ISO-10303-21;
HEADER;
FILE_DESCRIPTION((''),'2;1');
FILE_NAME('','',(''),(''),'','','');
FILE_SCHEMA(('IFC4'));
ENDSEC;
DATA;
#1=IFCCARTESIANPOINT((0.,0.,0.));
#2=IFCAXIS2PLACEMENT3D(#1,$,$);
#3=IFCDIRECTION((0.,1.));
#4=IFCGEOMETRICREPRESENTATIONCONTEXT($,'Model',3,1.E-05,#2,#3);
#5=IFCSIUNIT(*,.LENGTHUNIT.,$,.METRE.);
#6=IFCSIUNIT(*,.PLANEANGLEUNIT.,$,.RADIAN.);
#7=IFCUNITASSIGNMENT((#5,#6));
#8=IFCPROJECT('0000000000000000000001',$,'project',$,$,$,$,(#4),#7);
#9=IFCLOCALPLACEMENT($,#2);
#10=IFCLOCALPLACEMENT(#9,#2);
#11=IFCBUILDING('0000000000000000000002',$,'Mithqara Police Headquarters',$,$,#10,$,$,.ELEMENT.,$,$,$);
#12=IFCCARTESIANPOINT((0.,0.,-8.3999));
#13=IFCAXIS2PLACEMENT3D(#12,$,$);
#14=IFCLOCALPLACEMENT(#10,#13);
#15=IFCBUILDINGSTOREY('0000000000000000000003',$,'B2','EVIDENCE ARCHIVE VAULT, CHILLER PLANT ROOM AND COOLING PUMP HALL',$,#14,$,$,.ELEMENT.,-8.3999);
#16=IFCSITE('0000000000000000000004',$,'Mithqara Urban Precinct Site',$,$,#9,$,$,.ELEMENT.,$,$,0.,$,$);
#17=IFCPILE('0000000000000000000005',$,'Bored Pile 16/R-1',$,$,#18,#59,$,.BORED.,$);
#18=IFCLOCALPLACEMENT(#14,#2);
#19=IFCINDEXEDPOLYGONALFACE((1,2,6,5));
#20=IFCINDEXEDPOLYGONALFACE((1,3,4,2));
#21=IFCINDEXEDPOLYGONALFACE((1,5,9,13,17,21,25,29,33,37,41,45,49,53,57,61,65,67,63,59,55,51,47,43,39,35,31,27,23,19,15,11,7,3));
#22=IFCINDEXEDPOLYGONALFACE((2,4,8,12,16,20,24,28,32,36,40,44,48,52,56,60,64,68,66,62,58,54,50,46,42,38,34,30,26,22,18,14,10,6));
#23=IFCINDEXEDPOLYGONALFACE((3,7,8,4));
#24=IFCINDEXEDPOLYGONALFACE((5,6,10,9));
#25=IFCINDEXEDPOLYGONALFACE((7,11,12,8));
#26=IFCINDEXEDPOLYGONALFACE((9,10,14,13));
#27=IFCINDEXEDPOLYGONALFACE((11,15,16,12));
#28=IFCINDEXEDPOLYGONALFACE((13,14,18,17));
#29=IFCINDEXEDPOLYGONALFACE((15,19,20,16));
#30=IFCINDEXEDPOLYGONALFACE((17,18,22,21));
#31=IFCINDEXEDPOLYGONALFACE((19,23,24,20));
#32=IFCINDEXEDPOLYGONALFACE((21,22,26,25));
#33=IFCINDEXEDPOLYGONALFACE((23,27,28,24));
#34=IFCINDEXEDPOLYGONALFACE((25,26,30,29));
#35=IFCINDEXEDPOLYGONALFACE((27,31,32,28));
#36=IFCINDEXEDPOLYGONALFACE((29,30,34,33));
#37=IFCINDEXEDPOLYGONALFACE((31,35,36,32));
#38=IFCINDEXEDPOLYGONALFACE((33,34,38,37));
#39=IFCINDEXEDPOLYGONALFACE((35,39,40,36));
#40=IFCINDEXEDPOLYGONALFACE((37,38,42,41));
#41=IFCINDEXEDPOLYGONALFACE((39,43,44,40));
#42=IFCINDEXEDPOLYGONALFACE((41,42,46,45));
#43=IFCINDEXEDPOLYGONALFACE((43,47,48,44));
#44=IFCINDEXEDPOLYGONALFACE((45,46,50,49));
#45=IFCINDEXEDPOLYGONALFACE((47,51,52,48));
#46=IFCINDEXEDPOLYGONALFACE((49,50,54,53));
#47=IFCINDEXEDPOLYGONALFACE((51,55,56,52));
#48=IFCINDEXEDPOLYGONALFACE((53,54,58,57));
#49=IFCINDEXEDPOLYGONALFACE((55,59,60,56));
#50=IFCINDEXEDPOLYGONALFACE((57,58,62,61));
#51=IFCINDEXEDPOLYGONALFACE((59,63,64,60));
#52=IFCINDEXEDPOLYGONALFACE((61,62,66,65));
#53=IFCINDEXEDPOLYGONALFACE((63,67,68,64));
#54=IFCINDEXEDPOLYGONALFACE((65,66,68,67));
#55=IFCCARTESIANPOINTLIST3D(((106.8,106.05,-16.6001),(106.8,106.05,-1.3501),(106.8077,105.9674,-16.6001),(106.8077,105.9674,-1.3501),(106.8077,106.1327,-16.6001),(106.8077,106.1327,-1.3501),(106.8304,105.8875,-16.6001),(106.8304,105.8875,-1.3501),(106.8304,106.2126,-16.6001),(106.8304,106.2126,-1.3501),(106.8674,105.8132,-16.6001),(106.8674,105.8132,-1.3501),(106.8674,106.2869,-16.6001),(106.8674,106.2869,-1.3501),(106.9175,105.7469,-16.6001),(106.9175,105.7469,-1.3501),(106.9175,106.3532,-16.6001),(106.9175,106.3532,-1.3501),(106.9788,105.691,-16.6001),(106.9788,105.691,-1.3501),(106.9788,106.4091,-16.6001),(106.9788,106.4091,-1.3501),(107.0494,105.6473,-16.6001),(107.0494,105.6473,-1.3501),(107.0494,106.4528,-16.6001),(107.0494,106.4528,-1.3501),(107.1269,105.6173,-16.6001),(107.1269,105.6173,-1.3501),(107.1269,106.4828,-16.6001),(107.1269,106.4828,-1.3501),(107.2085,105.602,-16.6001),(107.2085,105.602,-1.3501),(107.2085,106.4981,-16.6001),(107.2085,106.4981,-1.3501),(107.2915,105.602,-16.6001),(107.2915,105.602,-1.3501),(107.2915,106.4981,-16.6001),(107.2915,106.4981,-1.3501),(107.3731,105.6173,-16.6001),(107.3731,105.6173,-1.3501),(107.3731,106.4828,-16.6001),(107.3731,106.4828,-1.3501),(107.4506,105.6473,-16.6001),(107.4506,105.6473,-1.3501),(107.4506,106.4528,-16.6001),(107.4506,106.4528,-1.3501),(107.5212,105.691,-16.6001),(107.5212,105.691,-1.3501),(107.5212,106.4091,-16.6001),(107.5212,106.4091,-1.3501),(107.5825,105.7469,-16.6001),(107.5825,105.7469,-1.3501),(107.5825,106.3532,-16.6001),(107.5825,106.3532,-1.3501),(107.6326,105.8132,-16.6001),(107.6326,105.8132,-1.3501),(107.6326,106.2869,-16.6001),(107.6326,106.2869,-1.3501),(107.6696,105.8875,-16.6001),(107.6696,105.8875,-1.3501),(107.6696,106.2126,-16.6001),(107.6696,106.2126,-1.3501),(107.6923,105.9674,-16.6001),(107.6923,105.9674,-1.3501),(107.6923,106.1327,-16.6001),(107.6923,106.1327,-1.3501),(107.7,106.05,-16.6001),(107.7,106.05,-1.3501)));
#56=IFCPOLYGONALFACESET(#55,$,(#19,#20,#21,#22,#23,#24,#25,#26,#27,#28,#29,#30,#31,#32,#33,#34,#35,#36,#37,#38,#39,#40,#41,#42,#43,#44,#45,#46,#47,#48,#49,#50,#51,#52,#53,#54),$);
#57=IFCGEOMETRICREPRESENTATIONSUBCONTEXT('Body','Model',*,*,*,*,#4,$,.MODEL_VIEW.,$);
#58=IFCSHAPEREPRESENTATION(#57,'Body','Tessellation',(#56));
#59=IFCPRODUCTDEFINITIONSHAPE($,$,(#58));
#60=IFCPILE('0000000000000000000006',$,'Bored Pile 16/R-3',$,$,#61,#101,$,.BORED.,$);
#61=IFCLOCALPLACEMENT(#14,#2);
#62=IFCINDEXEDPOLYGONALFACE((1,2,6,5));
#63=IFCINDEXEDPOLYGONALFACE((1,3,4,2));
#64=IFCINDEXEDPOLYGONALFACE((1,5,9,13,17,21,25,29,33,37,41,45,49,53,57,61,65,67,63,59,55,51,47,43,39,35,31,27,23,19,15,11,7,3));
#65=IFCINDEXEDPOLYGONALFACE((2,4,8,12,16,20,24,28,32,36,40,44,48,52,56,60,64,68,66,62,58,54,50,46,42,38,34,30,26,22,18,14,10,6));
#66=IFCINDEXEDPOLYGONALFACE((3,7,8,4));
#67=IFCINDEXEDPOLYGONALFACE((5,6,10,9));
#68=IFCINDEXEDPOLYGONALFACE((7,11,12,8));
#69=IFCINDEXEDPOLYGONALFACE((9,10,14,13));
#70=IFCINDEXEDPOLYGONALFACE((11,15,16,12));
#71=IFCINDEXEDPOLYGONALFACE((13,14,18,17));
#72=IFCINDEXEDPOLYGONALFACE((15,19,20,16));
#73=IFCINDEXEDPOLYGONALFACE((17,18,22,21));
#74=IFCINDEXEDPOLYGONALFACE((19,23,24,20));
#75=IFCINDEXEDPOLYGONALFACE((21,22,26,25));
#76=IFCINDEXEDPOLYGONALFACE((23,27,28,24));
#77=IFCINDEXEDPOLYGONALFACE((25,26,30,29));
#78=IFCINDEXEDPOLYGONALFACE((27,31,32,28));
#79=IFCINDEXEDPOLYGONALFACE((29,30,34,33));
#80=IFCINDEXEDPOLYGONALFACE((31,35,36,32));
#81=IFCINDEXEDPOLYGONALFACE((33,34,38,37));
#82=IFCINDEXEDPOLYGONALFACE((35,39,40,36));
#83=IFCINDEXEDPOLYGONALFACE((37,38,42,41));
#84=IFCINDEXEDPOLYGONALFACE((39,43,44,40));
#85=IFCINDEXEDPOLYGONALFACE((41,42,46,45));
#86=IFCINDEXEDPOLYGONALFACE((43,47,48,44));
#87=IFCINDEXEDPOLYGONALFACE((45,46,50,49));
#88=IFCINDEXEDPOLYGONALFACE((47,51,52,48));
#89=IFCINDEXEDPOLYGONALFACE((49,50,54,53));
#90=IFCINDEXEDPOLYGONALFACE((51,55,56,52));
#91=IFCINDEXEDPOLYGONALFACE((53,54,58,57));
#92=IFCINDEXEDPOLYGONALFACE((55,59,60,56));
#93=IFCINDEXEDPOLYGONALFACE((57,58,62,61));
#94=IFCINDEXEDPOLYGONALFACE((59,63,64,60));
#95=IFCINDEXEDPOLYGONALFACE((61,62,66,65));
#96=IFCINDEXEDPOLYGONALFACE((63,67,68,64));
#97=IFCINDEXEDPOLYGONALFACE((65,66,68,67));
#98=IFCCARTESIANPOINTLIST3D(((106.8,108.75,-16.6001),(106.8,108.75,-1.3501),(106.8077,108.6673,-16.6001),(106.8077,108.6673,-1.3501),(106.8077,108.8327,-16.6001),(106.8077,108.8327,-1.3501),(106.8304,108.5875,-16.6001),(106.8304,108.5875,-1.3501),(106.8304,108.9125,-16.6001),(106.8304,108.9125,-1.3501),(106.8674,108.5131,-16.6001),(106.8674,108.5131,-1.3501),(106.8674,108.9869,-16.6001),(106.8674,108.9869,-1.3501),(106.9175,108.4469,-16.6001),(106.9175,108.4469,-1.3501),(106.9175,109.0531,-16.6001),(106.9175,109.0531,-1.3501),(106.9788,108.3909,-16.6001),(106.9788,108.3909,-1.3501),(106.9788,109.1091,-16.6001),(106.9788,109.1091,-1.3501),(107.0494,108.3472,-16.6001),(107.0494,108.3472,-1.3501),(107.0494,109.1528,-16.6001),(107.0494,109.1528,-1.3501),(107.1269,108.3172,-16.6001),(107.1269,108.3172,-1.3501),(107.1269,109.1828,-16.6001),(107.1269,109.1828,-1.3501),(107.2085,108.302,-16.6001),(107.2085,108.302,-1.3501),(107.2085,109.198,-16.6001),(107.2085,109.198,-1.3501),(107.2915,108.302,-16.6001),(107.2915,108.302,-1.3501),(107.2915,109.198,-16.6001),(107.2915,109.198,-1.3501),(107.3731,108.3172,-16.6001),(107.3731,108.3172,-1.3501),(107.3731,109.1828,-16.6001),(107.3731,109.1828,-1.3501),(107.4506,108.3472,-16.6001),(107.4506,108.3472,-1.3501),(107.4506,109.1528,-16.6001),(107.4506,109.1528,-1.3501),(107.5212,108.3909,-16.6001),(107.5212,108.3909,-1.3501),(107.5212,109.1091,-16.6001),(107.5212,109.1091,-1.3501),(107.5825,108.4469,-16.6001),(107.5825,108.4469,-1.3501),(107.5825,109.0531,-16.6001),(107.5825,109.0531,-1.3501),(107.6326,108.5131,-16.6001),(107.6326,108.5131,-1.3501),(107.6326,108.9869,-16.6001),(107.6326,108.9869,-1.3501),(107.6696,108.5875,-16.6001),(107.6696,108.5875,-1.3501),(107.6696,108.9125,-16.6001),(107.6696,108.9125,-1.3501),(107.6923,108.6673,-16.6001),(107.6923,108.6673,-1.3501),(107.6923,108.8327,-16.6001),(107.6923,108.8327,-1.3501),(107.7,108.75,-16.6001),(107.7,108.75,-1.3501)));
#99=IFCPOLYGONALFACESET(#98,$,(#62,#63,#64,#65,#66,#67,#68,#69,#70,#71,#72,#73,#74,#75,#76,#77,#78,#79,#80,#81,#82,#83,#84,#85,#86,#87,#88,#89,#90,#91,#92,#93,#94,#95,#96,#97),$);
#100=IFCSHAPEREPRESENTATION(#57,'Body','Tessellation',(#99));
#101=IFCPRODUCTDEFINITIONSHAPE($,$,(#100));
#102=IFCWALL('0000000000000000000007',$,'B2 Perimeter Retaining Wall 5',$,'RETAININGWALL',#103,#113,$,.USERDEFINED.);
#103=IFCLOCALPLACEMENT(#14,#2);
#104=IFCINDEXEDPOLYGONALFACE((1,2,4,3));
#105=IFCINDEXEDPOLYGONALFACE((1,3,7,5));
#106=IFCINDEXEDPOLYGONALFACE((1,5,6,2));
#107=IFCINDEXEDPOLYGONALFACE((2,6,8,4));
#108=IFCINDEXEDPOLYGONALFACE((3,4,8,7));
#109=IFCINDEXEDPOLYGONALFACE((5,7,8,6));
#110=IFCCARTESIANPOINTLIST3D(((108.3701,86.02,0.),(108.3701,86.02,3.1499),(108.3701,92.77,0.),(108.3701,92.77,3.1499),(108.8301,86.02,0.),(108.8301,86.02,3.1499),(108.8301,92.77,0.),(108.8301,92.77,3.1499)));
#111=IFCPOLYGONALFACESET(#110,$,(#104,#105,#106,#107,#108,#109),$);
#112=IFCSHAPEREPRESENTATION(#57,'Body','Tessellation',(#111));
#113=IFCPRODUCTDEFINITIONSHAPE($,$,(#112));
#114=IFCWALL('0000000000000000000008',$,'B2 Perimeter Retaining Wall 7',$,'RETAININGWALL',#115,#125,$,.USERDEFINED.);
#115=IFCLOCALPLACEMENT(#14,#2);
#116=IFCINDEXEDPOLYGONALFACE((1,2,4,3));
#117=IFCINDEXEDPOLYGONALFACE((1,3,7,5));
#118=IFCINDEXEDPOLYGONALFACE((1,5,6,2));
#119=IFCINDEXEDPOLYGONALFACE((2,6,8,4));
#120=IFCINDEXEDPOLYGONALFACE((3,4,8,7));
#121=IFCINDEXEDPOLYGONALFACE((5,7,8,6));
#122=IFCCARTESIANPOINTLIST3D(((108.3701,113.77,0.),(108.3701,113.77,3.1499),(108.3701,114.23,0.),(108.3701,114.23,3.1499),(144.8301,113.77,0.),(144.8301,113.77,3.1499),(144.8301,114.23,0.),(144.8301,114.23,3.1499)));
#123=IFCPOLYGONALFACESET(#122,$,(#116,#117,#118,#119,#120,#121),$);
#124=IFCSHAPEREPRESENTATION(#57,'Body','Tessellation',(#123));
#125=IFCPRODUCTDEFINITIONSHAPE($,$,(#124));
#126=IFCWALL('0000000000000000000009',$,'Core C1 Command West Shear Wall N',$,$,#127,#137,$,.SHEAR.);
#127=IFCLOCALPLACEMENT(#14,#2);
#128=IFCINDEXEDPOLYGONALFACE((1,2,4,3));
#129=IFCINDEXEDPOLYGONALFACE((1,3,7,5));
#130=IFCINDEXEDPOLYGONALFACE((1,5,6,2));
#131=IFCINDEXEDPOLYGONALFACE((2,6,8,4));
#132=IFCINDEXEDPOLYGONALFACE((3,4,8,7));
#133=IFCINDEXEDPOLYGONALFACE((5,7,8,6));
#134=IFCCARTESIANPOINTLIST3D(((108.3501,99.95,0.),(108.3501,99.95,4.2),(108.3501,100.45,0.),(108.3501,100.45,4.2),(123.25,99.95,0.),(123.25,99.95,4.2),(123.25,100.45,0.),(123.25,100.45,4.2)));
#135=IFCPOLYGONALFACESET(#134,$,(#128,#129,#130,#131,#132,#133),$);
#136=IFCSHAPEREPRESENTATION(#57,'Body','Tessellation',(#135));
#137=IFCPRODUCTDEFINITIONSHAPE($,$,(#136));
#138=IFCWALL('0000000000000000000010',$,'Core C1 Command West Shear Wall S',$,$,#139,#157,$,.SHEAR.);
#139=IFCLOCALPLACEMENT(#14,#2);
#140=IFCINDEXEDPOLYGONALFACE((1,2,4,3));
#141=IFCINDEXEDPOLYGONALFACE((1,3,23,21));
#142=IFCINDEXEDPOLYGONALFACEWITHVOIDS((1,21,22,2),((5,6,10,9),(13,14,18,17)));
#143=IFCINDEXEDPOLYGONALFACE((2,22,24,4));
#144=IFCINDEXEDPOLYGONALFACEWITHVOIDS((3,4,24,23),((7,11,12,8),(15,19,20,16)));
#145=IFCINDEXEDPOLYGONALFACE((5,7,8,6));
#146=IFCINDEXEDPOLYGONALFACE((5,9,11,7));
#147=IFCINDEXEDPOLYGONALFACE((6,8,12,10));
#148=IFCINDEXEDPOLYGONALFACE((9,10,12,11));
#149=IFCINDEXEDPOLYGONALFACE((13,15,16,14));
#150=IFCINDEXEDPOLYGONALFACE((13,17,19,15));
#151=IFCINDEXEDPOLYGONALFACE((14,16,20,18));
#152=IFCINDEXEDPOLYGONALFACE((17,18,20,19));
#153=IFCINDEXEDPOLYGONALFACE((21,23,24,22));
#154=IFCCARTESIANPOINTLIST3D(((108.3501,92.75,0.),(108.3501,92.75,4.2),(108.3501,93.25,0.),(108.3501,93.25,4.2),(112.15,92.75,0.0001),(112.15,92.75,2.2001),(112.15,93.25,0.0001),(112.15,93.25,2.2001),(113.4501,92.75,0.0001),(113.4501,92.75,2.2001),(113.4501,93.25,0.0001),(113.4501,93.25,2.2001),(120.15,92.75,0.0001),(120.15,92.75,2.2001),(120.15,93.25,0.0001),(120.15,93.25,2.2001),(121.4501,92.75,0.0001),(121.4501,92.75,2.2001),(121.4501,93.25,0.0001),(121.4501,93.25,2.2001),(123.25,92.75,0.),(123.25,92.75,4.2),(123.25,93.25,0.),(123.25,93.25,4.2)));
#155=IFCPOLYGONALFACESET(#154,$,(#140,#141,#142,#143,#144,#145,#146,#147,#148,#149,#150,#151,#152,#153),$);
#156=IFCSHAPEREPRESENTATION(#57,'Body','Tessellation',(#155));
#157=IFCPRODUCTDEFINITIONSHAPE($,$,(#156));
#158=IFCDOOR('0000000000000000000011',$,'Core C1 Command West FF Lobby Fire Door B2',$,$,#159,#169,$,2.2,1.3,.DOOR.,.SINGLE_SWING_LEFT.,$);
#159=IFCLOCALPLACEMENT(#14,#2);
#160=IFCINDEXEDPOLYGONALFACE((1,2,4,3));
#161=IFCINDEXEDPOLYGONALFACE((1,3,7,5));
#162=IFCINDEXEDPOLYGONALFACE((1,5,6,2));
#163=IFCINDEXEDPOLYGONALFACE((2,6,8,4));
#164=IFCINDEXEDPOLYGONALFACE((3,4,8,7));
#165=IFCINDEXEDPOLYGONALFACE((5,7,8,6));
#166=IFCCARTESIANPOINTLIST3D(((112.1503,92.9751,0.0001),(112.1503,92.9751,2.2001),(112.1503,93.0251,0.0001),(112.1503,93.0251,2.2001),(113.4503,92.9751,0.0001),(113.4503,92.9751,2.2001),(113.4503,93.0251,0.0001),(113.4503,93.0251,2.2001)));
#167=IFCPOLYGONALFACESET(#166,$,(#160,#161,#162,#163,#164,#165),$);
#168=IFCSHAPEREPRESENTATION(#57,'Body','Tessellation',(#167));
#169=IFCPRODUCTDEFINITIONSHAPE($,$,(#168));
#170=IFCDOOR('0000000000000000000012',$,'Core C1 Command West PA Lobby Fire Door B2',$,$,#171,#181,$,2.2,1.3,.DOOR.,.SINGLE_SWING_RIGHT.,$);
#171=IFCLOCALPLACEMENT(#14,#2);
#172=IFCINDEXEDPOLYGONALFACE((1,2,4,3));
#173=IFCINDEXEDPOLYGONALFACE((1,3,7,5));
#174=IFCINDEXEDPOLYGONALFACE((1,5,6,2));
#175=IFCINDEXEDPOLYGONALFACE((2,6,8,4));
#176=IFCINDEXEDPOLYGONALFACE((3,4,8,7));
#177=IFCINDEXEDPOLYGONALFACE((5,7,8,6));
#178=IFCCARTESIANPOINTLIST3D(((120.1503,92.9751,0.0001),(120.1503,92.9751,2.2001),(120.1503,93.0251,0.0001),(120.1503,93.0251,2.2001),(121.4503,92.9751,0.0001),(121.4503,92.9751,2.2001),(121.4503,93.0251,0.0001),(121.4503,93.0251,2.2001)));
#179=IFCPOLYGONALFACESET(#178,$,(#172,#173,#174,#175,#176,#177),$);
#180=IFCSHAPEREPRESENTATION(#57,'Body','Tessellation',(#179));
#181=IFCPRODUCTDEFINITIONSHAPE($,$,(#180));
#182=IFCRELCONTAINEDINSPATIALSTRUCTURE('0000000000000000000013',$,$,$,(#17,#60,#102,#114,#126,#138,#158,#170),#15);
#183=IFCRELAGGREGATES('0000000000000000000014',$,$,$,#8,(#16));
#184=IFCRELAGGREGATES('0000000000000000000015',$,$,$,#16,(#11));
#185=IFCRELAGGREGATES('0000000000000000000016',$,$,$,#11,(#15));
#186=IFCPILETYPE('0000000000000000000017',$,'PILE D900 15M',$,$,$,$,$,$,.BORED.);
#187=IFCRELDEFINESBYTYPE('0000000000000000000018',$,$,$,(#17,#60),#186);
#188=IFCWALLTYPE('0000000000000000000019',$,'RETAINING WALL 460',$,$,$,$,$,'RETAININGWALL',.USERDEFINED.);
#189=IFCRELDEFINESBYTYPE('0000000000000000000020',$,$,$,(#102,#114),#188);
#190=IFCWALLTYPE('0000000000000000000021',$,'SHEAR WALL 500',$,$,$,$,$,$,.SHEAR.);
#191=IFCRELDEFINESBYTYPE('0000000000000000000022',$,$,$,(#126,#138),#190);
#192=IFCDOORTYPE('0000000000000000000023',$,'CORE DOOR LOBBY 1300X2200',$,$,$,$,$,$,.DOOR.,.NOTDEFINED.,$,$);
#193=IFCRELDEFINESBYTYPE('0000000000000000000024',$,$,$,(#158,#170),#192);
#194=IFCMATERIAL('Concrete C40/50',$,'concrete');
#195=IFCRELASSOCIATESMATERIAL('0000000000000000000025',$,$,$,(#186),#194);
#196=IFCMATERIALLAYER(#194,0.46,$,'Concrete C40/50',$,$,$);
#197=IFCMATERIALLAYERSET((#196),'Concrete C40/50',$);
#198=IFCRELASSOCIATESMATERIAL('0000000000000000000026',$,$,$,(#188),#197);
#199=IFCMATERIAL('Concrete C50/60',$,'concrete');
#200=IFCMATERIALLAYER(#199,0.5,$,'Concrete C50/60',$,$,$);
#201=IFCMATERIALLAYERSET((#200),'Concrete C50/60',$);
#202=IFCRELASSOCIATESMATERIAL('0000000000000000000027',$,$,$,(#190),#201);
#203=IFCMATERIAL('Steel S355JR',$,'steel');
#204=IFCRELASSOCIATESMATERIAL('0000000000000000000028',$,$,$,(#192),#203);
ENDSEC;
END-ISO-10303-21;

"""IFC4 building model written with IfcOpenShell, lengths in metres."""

from ifc_helpers import new_model, si_unit, direction, frame, frame_2d, origin, origin_2d, place, context, subcontext, project, spatial, rectangle, circle, extrude, material, layer, layer_set, material_profile, profile_set, type_object, element, fill, save


model = new_model("IFC4")

# Units and contexts
model_context = context("Model", 3, precision=1e-05, world=origin(), true_north=direction((0.0, 1.0)))
body_context = subcontext(model_context, "Body", "Model", "MODEL_VIEW")
ifc_project = project(units=[si_unit("LENGTHUNIT", "METRE"), si_unit("PLANEANGLEUNIT", "RADIAN")], contexts=[model_context])

# Site, building, storey
site_placement = place(None, origin())
site = spatial("IfcSite", under=ifc_project, at=site_placement, Name="Mithqara Urban Precinct Site", CompositionType="ELEMENT", RefElevation=0.0)
building_placement = place(site_placement, origin())
building = spatial("IfcBuilding", under=site, at=building_placement, Name="Mithqara Police Headquarters", CompositionType="ELEMENT")
storey_placement = place(building_placement, frame((0.0, 0.0, -8.3999)))
storey = spatial("IfcBuildingStorey", under=building, at=storey_placement, Name="B2", Description="EVIDENCE ARCHIVE VAULT, CHILLER PLANT ROOM AND COOLING PUMP HALL", CompositionType="ELEMENT", Elevation=-8.3999)

# Piles
ifc_material_1 = material(Name="Concrete C40/50", Category="concrete")
ifc_material_profile_1 = material_profile(ifc_material_1, circle(Radius=0.45, at=origin_2d()), Name="PILE D900")
ifc_profile_set_1 = profile_set([ifc_material_profile_1], Name="Concrete C40/50")
pile_type_1 = type_object("IfcPileType", Name="PILE D900 15M", PredefinedType="BORED", material=ifc_profile_set_1)
for number, where, z_axis, x_axis, name in (
    (1, (107.25, 106.05, -1.3501), (0.0, 0.0, -1.0), (1.0, 0.0, 0.0), "Bored Pile 16/R-1"),
    (2, (107.25, 108.75, -1.3501), (0.0, 0.0, -1.0), (1.0, 0.0, 0.0), "Bored Pile 16/R-3"),
):
    element("IfcPile", number, at=place(storey_placement, frame(where, z_axis=z_axis, x_axis=x_axis)), inside=storey, type_object=pile_type_1, Name=name, PredefinedType="BORED", context=body_context, shape_type="SweptSolid", body=[
        extrude(circle(Radius=0.45, at=origin_2d()), origin(), (0.0, 0.0, 1.0), 15.25),
    ])

# Walls
ifc_layer_1 = layer(ifc_material_1, 0.46, Name="Concrete C40/50")
ifc_layer_set_1 = layer_set([ifc_layer_1], Name="Concrete C40/50")
wall_type_1 = type_object("IfcWallType", Name="RETAINING WALL 460", ElementType="RETAININGWALL", PredefinedType="USERDEFINED", material=ifc_layer_set_1)
wall_1_placement = place(storey_placement, frame((108.6001, 86.02, 0.0), z_axis=(0.0, 0.0, 1.0), x_axis=(0.0, 1.0, 0.0)))
element("IfcWall", 3, at=wall_1_placement, inside=storey, type_object=wall_type_1, Name="B2 Perimeter Retaining Wall 5", ObjectType="RETAININGWALL", PredefinedType="USERDEFINED", context=body_context, shape_type="SweptSolid", body=[
    extrude(rectangle(XDim=6.75, YDim=0.46, at=frame_2d((3.375, 0.0))), origin(), (0.0, 0.0, 1.0), 3.1499),
])
wall_2_placement = place(storey_placement, frame((108.3701, 114.0, 0.0), z_axis=(0.0, 0.0, 1.0), x_axis=(1.0, 0.0, 0.0)))
element("IfcWall", 4, at=wall_2_placement, inside=storey, type_object=wall_type_1, Name="B2 Perimeter Retaining Wall 7", ObjectType="RETAININGWALL", PredefinedType="USERDEFINED", context=body_context, shape_type="SweptSolid", body=[
    extrude(rectangle(XDim=36.46, YDim=0.46, at=frame_2d((18.23, 0.0))), origin(), (0.0, 0.0, 1.0), 3.1499),
])
ifc_material_2 = material(Name="Concrete C50/60", Category="concrete")
ifc_layer_2 = layer(ifc_material_2, 0.5, Name="Concrete C50/60")
ifc_layer_set_2 = layer_set([ifc_layer_2], Name="Concrete C50/60")
wall_type_2 = type_object("IfcWallType", Name="SHEAR WALL 500", PredefinedType="SHEAR", material=ifc_layer_set_2)
wall_3_placement = place(storey_placement, frame((108.3501, 100.2, 0.0), z_axis=(0.0, 0.0, 1.0), x_axis=(1.0, 0.0, 0.0)))
element("IfcWall", 5, at=wall_3_placement, inside=storey, type_object=wall_type_2, Name="Core C1 Command West Shear Wall N", PredefinedType="SHEAR", context=body_context, shape_type="SweptSolid", body=[
    extrude(rectangle(XDim=14.8999, YDim=0.5, at=frame_2d((7.45, 0.0))), origin(), (0.0, 0.0, 1.0), 4.2),
])

# Wall, openings, doors
wall_4_placement = place(storey_placement, frame((108.3501, 93.0, 0.0), z_axis=(0.0, 0.0, 1.0), x_axis=(1.0, 0.0, 0.0)))
wall_4 = element("IfcWall", 6, at=wall_4_placement, inside=storey, type_object=wall_type_2, Name="Core C1 Command West Shear Wall S", PredefinedType="SHEAR", context=body_context, shape_type="SweptSolid", body=[
    extrude(rectangle(XDim=14.8999, YDim=0.5, at=frame_2d((7.45, 0.0))), origin(), (0.0, 0.0, 1.0), 4.2),
])
opening_1_placement = place(wall_4_placement, frame((3.8, 0.0, 0.0)))
opening_1 = element("IfcOpeningElement", 7, at=opening_1_placement, cuts=wall_4, PredefinedType="OPENING", context=body_context, shape_type="SweptSolid", body=[
    extrude(rectangle(XDim=1.3, YDim=2.2, at=frame_2d((0.6499, 1.1001))), frame((0.0, 0.26, 0.0), z_axis=(0.0, -1.0, 0.0), x_axis=(1.0, 0.0, 0.0)), (0.0, 0.0, 1.0), 0.52),
])
opening_2_placement = place(wall_4_placement, frame((11.8, 0.0, 0.0)))
opening_2 = element("IfcOpeningElement", 8, at=opening_2_placement, cuts=wall_4, PredefinedType="OPENING", context=body_context, shape_type="SweptSolid", body=[
    extrude(rectangle(XDim=1.3, YDim=2.2, at=frame_2d((0.6499, 1.1001))), frame((0.0, 0.26, 0.0), z_axis=(0.0, -1.0, 0.0), x_axis=(1.0, 0.0, 0.0)), (0.0, 0.0, 1.0), 0.52),
])
ifc_material_3 = material(Name="Steel S355JR", Category="steel")
door_type = type_object("IfcDoorType", Name="CORE DOOR LOBBY 1300X2200", OperationType="NOTDEFINED", PredefinedType="DOOR", material=ifc_material_3)
door_1_placement = place(opening_1_placement, frame((1.3, 0.0, 0.0), z_axis=(0.0, 0.0, 1.0), x_axis=(-1.0, 0.0, 0.0)))
door_1 = element("IfcDoor", 9, at=door_1_placement, inside=storey, type_object=door_type, Name="Core C1 Command West FF Lobby Fire Door B2", OperationType="SINGLE_SWING_LEFT", OverallHeight=2.2, OverallWidth=1.3, PredefinedType="DOOR", context=body_context, shape_type="SweptSolid", body=[
    extrude(rectangle(XDim=1.3, YDim=2.2, at=frame_2d((0.6499, 1.1001))), frame((0.0, 0.0249, 0.0), z_axis=(0.0, -1.0, 0.0), x_axis=(1.0, 0.0, 0.0)), (0.0, 0.0, 1.0), 0.05),
])
fill(opening_1, door_1)
door_2_placement = place(opening_2_placement, frame((1.3, 0.0, 0.0), z_axis=(0.0, 0.0, 1.0), x_axis=(-1.0, 0.0, 0.0)))
door_2 = element("IfcDoor", 10, at=door_2_placement, inside=storey, type_object=door_type, Name="Core C1 Command West PA Lobby Fire Door B2", OperationType="SINGLE_SWING_RIGHT", OverallHeight=2.2, OverallWidth=1.3, PredefinedType="DOOR", context=body_context, shape_type="SweptSolid", body=[
    extrude(rectangle(XDim=1.3, YDim=2.2, at=frame_2d((0.6499, 1.1001))), frame((0.0, 0.0249, 0.0), z_axis=(0.0, -1.0, 0.0), x_axis=(1.0, 0.0, 0.0)), (0.0, 0.0, 1.0), 0.05),
])
fill(opening_2, door_2)

save(model, "model.ifc")
